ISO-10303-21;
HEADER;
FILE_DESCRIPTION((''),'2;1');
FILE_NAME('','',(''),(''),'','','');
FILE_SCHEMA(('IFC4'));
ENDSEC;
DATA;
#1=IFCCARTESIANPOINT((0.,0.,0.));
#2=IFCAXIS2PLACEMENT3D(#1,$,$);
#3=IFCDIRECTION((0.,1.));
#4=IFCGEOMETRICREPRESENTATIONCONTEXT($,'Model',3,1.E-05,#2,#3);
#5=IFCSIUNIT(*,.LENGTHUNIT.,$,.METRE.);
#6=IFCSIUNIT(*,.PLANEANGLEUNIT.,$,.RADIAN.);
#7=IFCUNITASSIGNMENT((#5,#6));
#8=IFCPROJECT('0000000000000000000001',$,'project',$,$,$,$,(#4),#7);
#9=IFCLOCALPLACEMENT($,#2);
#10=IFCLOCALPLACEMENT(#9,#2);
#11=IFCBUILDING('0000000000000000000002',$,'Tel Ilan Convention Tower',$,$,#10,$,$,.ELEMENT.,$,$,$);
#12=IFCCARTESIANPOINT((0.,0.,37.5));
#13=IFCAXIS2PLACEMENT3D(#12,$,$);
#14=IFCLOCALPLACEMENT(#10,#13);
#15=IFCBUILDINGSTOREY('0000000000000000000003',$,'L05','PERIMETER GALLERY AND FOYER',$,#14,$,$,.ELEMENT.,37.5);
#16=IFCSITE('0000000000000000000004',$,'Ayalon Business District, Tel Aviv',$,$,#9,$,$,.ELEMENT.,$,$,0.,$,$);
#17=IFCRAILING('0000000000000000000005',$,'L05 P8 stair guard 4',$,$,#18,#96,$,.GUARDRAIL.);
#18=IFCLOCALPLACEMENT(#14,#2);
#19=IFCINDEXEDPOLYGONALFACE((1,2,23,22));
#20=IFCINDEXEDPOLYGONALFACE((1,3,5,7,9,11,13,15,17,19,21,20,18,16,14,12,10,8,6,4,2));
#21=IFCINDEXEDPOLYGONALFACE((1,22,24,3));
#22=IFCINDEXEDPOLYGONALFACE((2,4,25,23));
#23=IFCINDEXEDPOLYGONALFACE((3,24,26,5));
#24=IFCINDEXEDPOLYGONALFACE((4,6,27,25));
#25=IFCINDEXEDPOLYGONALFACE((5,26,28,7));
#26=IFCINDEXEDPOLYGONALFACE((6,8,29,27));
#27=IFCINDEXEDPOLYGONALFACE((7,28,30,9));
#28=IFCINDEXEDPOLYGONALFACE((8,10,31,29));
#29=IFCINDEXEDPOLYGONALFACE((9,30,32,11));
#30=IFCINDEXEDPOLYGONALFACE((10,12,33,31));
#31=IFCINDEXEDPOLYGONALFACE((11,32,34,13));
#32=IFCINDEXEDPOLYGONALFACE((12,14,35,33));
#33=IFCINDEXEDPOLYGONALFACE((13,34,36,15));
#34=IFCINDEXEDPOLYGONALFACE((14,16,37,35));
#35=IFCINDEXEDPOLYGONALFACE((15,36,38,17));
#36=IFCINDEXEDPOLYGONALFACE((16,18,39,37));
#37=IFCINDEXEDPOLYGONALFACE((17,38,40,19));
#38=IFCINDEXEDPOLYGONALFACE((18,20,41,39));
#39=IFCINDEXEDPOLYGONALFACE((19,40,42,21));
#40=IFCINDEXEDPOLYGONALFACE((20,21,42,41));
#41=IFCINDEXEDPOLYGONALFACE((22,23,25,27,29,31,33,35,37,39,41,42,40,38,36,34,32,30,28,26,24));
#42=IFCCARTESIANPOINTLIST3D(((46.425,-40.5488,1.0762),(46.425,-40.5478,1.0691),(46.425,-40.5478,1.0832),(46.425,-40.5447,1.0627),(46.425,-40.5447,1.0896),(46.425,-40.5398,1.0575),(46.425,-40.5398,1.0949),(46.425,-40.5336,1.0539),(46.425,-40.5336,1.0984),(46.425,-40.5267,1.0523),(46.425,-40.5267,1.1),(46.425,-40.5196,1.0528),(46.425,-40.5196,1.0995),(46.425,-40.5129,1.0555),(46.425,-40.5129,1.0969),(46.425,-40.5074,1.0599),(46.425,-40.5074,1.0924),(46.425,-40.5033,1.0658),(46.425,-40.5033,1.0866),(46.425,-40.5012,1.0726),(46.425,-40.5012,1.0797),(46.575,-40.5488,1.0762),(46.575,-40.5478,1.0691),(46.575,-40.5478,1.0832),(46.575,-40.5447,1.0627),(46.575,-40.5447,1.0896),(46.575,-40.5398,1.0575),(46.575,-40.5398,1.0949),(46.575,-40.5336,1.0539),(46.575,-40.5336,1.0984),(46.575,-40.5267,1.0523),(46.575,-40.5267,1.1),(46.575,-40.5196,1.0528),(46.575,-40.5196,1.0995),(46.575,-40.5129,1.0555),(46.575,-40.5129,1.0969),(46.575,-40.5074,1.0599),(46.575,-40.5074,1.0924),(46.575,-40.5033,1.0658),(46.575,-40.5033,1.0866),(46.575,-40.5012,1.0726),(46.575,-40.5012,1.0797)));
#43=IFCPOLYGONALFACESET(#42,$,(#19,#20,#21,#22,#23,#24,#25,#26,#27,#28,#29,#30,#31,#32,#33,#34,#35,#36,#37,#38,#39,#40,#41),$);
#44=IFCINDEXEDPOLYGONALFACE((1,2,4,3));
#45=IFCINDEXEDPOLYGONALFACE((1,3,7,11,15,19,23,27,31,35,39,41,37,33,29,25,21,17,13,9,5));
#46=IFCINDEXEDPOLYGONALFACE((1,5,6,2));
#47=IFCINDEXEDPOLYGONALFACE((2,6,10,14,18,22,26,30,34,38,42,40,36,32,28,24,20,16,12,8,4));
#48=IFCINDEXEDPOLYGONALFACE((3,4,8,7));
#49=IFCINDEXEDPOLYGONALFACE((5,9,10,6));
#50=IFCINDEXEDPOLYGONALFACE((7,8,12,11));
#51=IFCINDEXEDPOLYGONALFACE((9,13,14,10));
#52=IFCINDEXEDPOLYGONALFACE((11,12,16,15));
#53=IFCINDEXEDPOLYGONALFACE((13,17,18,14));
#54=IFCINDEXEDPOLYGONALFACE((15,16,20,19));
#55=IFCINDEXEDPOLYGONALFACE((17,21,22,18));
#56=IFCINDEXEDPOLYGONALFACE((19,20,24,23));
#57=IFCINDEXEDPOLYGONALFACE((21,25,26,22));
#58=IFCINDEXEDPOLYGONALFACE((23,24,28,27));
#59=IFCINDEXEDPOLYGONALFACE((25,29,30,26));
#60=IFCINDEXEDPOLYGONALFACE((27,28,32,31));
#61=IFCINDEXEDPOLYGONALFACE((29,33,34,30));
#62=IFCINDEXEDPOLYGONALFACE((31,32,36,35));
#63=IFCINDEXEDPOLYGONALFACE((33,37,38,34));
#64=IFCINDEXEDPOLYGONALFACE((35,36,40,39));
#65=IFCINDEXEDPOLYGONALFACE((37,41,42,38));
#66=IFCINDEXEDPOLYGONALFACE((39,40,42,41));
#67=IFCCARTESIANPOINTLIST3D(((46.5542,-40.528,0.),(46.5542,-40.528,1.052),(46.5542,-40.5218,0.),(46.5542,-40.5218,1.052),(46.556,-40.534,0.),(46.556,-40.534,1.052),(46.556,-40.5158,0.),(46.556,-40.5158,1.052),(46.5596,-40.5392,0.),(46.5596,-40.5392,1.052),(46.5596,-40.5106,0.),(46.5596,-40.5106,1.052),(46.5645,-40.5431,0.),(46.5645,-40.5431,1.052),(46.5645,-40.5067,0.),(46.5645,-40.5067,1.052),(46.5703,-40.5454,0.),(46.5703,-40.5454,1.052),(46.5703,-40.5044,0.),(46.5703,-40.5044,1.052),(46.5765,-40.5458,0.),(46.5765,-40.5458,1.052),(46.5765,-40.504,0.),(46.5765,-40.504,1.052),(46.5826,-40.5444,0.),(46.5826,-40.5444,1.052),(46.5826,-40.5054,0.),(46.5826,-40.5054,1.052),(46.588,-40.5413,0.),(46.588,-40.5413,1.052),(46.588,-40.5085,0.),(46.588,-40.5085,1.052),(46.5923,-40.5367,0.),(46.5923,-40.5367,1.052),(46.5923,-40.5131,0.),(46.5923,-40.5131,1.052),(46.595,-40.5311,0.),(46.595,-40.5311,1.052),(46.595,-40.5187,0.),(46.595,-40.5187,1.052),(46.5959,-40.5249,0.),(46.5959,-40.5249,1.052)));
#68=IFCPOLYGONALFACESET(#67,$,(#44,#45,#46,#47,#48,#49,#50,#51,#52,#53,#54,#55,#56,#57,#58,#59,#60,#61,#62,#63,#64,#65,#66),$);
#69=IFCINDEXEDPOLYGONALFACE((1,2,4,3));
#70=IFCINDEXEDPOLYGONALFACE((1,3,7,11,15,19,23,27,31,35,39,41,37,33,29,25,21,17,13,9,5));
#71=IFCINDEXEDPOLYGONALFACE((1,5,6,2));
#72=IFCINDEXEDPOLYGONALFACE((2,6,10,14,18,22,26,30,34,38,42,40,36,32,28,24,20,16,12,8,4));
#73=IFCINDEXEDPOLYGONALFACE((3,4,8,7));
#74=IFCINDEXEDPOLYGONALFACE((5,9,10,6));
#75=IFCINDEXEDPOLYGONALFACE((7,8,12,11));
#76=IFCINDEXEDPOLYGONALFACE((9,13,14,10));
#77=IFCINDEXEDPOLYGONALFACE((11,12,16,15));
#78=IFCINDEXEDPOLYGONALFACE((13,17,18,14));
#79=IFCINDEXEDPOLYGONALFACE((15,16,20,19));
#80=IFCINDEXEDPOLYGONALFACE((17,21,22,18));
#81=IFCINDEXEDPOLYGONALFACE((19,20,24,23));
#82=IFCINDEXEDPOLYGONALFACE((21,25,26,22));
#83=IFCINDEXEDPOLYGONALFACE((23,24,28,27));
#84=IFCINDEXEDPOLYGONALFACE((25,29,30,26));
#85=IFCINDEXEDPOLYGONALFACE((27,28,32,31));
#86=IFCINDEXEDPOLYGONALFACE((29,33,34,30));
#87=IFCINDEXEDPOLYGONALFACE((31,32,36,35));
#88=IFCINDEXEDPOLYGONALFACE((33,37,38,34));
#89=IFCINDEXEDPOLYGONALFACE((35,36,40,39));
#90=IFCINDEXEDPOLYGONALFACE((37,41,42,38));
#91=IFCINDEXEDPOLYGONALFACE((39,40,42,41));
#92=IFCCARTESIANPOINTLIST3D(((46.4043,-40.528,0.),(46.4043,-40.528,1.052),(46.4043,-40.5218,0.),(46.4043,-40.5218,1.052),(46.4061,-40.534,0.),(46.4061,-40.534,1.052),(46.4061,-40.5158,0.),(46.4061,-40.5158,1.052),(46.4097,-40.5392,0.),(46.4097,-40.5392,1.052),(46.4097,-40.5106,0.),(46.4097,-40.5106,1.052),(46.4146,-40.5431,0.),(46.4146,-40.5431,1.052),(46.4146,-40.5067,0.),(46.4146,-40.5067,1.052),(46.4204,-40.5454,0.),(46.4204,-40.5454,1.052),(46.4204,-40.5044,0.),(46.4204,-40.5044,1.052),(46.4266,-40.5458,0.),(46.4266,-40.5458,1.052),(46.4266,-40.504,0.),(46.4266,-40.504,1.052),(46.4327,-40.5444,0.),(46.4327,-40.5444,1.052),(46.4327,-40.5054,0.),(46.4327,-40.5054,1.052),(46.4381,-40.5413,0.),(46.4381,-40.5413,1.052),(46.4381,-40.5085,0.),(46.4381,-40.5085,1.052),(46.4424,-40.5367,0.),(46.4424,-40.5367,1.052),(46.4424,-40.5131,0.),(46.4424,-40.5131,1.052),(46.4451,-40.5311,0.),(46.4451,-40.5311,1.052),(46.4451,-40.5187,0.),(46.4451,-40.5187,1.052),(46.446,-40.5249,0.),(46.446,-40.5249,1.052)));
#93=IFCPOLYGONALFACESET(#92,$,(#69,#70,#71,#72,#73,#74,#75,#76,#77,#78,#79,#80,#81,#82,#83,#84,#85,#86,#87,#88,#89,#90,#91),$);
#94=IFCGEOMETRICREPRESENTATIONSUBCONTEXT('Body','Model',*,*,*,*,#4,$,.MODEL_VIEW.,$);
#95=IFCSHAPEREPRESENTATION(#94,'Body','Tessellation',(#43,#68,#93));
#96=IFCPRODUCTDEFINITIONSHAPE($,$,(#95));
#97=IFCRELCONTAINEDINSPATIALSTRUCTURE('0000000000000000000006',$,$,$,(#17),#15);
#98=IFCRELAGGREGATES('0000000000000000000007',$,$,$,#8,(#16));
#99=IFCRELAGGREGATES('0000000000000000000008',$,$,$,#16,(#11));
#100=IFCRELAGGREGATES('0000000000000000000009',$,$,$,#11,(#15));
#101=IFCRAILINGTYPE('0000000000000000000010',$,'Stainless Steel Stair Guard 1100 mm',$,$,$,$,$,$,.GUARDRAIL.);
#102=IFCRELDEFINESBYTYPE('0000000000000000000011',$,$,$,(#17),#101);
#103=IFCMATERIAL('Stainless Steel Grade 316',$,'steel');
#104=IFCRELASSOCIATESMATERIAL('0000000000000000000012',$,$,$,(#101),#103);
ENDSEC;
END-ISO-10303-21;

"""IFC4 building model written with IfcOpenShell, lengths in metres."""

from ifc_helpers import new_model, si_unit, direction, frame, origin, origin_2d, place, context, subcontext, project, spatial, circle, extrude, material, type_object, element, save


model = new_model("IFC4")

# Units and contexts
model_context = context("Model", 3, precision=1e-05, world=origin(), true_north=direction((0.0, 1.0)))
body_context = subcontext(model_context, "Body", "Model", "MODEL_VIEW")
ifc_project = project(units=[si_unit("LENGTHUNIT", "METRE"), si_unit("PLANEANGLEUNIT", "RADIAN")], contexts=[model_context])

# Site, building, storey
site_placement = place(None, origin())
site = spatial("IfcSite", under=ifc_project, at=site_placement, Name="Ayalon Business District, Tel Aviv", CompositionType="ELEMENT", RefElevation=0.0)
building_placement = place(site_placement, origin())
building = spatial("IfcBuilding", under=site, at=building_placement, Name="Tel Ilan Convention Tower", CompositionType="ELEMENT")
storey_placement = place(building_placement, frame((0.0, 0.0, 37.5)))
storey = spatial("IfcBuildingStorey", under=building, at=storey_placement, Name="L05", Description="PERIMETER GALLERY AND FOYER", CompositionType="ELEMENT", Elevation=37.5)

# Railing
ifc_material_1 = material(Name="Stainless Steel Grade 316", Category="steel")
railing_type_1 = type_object("IfcRailingType", Name="Stainless Steel Stair Guard 1100 mm", PredefinedType="GUARDRAIL", material=ifc_material_1)
railing_1_placement = place(storey_placement, frame((46.575, -40.5249, 0.0)))
element("IfcRailing", 1, at=railing_1_placement, inside=storey, type_object=railing_type_1, Name="L05 P8 stair guard 4", PredefinedType="GUARDRAIL", context=body_context, shape_type="SweptSolid", body=[
    extrude(circle(Radius=0.0239, at=origin_2d()), frame((0.0, 0.0, 1.0762), z_axis=(-1.0, 0.0, 0.0), x_axis=(0.0, -1.0, 0.0)), (0.0, 0.0, 1.0), 0.1499),
    extrude(circle(Radius=0.021, at=origin_2d()), origin(), (0.0, 0.0, 1.0), 1.052),
    extrude(circle(Radius=0.021, at=origin_2d()), frame((-0.1499, 0.0, 0.0)), (0.0, 0.0, 1.0), 1.052),
])

save(model, "model.ifc")
